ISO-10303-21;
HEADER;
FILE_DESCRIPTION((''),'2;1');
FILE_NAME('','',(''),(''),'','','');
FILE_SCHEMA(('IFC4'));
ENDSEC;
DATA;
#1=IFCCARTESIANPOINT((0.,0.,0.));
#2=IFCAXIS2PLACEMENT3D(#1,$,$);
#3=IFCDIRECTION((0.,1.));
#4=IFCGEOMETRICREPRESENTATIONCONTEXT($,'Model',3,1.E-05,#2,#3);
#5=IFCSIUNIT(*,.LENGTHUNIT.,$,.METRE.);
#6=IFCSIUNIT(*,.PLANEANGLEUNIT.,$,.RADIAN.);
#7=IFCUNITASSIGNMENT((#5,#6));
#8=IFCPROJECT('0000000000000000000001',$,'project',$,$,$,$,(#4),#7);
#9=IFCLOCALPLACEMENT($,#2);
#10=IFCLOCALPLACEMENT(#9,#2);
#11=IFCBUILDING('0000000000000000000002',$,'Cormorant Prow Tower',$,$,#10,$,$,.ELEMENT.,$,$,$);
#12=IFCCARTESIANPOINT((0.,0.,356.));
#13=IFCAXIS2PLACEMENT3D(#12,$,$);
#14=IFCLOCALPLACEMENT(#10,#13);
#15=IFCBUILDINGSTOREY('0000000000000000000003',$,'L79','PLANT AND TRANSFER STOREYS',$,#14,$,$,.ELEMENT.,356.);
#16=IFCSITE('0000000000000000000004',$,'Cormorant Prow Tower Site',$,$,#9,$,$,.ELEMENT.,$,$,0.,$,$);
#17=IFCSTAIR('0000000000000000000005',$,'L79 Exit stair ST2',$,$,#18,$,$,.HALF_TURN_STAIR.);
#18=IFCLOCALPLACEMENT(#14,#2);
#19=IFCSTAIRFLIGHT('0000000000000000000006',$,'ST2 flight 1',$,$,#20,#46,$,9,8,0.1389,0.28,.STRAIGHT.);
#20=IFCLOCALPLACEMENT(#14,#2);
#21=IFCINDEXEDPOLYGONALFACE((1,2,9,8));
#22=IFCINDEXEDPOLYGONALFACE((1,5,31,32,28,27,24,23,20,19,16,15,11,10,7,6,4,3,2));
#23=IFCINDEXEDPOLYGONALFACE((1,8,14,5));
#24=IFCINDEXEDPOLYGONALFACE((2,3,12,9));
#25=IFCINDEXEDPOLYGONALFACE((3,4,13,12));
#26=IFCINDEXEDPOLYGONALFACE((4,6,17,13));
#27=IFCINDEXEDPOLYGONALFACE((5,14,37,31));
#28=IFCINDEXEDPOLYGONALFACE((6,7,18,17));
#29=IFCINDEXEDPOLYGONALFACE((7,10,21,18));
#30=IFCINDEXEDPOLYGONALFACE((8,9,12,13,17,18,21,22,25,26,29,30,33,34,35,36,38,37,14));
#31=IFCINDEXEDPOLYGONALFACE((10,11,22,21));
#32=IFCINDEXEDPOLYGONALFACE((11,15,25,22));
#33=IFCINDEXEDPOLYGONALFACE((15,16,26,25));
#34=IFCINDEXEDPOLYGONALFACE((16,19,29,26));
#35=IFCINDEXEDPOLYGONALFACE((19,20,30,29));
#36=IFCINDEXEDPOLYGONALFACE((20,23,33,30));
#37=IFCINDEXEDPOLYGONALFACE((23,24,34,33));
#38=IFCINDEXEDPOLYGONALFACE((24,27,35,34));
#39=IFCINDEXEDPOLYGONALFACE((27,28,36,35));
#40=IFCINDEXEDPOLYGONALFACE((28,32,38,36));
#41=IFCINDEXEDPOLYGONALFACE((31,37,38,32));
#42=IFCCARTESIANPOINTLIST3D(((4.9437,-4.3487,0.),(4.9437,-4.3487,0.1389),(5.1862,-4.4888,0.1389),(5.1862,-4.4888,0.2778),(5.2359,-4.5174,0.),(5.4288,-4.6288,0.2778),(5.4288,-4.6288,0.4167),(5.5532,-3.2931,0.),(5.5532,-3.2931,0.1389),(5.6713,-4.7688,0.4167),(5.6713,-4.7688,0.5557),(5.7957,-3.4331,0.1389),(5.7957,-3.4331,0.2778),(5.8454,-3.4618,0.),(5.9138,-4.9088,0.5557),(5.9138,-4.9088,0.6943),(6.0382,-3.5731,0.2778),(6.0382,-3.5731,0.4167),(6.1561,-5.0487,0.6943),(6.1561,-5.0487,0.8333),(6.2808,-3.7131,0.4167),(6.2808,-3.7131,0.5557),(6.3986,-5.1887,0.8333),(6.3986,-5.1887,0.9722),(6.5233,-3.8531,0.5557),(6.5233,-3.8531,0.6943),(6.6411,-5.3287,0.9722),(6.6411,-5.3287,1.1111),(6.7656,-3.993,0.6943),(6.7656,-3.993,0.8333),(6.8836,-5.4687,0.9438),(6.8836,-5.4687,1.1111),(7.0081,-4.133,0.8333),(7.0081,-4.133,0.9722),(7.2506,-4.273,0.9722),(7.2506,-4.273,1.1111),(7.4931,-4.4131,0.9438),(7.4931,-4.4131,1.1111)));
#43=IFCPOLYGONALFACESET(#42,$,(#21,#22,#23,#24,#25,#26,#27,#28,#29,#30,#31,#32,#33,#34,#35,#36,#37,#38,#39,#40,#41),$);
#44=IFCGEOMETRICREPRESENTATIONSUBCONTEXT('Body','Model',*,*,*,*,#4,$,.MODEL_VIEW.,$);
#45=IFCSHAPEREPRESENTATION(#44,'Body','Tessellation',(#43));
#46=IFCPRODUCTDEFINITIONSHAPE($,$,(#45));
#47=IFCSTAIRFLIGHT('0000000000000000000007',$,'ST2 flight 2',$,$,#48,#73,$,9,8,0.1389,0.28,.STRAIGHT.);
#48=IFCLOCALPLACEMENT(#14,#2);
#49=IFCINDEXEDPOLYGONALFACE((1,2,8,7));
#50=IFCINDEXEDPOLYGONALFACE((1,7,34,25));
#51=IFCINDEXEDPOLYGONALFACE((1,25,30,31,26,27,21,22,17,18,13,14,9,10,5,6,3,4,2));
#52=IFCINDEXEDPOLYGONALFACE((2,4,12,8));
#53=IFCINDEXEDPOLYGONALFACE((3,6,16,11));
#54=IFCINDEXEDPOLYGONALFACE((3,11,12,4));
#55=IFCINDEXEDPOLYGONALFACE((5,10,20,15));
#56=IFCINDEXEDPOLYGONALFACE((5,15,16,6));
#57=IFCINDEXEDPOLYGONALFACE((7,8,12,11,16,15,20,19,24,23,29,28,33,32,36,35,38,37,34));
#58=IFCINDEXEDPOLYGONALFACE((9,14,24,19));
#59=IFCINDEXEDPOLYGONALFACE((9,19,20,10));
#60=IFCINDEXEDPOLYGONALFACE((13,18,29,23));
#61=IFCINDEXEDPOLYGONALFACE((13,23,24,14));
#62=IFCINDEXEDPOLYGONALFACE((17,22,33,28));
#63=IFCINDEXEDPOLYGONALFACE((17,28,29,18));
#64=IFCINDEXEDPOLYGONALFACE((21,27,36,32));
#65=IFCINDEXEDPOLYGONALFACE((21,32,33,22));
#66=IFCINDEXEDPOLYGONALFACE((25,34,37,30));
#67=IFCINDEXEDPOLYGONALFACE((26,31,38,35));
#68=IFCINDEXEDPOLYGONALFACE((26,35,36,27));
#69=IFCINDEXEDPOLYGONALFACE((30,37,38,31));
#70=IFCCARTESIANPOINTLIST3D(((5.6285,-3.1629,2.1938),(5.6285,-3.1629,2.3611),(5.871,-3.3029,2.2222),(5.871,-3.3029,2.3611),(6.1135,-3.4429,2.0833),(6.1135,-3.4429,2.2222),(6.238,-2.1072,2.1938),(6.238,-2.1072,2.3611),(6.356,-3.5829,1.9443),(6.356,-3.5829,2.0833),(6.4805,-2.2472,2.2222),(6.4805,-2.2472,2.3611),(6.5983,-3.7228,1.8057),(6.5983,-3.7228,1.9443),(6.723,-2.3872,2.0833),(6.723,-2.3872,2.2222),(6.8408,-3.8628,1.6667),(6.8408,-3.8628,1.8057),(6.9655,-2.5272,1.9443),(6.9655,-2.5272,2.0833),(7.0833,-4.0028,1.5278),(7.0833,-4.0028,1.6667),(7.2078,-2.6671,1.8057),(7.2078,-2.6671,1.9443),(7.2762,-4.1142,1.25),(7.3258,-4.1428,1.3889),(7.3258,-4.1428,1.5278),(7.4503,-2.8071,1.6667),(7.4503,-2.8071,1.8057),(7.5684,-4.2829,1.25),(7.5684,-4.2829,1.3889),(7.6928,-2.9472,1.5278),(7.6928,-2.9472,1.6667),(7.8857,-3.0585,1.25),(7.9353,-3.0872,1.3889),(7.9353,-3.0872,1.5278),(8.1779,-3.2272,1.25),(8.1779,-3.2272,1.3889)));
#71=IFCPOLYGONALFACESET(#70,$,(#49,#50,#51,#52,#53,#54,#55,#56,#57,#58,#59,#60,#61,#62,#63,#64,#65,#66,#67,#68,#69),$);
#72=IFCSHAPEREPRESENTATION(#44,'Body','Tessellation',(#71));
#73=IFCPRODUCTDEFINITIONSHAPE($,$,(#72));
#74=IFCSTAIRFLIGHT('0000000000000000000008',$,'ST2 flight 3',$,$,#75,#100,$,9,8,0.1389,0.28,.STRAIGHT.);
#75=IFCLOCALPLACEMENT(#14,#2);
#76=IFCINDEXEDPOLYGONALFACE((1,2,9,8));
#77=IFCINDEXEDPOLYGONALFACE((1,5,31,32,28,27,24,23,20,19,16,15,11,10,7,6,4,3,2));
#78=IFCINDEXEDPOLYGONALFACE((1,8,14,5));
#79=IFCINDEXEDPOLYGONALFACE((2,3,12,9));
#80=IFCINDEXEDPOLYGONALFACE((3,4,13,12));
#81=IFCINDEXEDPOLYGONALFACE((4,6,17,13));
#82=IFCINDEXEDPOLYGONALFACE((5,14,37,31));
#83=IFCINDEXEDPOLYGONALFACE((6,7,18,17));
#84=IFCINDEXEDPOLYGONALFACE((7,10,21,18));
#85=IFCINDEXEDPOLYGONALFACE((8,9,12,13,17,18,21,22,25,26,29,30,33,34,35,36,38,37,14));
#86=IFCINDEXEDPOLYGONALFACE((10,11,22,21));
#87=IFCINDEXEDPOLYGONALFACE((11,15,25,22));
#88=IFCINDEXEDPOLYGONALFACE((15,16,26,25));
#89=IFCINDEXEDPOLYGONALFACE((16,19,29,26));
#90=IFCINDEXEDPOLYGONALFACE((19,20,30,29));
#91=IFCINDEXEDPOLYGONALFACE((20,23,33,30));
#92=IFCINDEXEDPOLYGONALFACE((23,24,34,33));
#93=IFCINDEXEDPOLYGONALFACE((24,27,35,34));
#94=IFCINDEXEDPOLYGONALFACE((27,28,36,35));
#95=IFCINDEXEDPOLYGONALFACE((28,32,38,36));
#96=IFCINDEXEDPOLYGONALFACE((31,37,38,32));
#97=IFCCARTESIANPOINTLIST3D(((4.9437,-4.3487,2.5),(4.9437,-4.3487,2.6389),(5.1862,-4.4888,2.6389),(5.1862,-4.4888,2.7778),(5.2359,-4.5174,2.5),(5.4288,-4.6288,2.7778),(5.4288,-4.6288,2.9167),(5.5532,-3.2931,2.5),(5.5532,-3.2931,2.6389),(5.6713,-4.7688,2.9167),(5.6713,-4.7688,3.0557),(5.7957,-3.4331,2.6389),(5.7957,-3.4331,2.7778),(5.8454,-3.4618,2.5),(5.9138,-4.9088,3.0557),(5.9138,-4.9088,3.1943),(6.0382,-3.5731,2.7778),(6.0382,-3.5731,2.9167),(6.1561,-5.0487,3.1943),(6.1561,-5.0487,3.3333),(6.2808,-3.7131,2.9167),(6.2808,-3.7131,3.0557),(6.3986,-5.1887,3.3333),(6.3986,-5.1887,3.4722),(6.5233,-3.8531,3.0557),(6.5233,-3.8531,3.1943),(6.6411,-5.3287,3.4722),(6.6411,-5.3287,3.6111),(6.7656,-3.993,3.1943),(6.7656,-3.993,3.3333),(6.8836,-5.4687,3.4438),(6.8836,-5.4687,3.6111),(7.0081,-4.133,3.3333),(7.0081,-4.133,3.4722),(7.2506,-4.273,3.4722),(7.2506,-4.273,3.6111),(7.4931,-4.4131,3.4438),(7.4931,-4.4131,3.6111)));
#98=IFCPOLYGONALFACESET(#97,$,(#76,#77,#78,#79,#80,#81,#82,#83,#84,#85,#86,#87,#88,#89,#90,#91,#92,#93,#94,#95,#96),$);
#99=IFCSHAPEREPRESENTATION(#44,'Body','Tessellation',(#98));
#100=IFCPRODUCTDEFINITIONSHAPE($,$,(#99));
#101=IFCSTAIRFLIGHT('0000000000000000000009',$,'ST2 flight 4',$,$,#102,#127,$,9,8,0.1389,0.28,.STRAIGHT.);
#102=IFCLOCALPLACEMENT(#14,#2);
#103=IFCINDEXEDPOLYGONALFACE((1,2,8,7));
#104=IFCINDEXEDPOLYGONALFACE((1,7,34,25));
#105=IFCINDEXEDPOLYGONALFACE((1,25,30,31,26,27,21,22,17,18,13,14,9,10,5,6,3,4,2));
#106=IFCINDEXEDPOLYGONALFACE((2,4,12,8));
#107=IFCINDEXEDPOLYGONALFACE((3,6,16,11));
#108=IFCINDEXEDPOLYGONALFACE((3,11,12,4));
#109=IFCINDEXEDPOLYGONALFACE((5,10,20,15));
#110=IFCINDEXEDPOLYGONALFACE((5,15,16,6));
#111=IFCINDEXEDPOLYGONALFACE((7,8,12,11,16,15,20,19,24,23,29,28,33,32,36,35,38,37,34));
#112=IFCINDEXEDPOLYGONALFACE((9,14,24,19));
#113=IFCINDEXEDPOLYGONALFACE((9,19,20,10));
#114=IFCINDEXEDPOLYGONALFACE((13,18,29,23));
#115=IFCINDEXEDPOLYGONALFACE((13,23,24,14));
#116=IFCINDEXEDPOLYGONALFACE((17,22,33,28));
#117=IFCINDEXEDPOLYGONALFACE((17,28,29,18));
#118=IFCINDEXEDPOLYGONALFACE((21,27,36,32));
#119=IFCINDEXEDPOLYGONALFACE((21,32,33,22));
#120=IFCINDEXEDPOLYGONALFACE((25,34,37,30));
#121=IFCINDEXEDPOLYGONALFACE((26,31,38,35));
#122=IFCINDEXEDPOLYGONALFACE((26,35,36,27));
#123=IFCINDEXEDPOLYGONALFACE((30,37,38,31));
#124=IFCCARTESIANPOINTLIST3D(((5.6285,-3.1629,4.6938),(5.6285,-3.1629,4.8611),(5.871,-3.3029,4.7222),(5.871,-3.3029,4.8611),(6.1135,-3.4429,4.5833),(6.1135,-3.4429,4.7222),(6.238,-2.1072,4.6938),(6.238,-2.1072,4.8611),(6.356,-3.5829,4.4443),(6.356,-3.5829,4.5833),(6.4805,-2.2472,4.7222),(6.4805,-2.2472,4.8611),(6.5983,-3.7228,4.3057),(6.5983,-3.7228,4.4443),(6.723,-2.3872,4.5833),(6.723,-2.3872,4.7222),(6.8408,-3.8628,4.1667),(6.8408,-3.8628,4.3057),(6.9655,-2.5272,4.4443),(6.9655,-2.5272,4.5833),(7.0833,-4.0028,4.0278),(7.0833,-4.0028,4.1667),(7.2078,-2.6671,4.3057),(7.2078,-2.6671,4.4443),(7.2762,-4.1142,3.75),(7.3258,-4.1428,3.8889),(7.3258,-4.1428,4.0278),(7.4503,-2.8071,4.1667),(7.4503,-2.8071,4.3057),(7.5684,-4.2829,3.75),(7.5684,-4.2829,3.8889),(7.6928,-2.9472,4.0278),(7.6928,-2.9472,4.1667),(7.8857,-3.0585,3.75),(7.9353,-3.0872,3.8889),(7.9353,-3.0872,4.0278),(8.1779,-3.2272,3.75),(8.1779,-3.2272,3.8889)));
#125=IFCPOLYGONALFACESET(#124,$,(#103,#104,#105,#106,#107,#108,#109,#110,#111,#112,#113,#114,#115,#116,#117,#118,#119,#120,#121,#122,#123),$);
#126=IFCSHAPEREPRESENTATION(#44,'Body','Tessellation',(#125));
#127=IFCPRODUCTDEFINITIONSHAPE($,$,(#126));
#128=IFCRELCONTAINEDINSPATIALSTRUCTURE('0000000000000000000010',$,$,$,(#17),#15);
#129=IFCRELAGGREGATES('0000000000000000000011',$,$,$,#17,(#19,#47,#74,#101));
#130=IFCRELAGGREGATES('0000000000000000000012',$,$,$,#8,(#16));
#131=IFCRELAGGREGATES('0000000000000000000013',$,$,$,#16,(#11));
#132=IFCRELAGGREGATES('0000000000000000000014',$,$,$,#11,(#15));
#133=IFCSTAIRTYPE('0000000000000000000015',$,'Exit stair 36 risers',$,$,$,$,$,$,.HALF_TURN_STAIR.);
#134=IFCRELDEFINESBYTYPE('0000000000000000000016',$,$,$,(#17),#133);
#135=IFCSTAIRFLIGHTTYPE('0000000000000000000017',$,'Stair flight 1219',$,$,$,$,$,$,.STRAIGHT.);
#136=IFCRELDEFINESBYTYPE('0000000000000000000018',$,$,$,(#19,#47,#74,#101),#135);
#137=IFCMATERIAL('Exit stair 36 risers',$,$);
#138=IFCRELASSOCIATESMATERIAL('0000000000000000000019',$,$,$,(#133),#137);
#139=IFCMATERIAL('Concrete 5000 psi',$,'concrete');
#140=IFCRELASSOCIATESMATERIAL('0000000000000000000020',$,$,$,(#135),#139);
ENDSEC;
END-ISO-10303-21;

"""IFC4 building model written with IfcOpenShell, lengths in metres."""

from ifc_helpers import new_model, si_unit, direction, frame, origin, place, context, subcontext, project, spatial, polyline, outline, extrude, material, type_object, element, aggregate, save


model = new_model("IFC4")

# Units and contexts
model_context = context("Model", 3, precision=1e-05, world=origin(), true_north=direction((0.0, 1.0)))
body_context = subcontext(model_context, "Body", "Model", "MODEL_VIEW")
ifc_project = project(units=[si_unit("LENGTHUNIT", "METRE"), si_unit("PLANEANGLEUNIT", "RADIAN")], contexts=[model_context])

# Site, building, storey
site_placement = place(None, origin())
site = spatial("IfcSite", under=ifc_project, at=site_placement, Name="Cormorant Prow Tower Site", CompositionType="ELEMENT", RefElevation=0.0)
building_placement = place(site_placement, origin())
building = spatial("IfcBuilding", under=site, at=building_placement, Name="Cormorant Prow Tower", CompositionType="ELEMENT")
storey_placement = place(building_placement, frame((0.0, 0.0, 356.0)))
storey = spatial("IfcBuildingStorey", under=building, at=storey_placement, Name="L79", Description="PLANT AND TRANSFER STOREYS", CompositionType="ELEMENT", Elevation=356.0)

# Stair, stair flights
ifc_material_1 = material(Name="Exit stair 36 risers")
stair_type = type_object("IfcStairType", Name="Exit stair 36 risers", PredefinedType="HALF_TURN_STAIR", material=ifc_material_1)
stair_placement = place(storey_placement, origin())
stair = element("IfcStair", 1, at=stair_placement, inside=storey, type_object=stair_type, Name="L79 Exit stair ST2", PredefinedType="HALF_TURN_STAIR")
ifc_material_2 = material(Name="Concrete 5000 psi", Category="concrete")
stair_flight_type = type_object("IfcStairFlightType", Name="Stair flight 1219", PredefinedType="STRAIGHT", material=ifc_material_2)
stair_flight_1_placement = place(storey_placement, frame((5.2485, -3.8208, 0.0), z_axis=(0.0, 0.0, 1.0), x_axis=(0.866025, -0.5, 0.0)))
stair_flight_1 = element("IfcStairFlight", 2, at=stair_flight_1_placement, type_object=stair_flight_type, Name="ST2 flight 1", NumberOfRisers=9, NumberOfTreads=8, PredefinedType="STRAIGHT", RiserHeight=0.1389, TreadLength=0.28, context=body_context, shape_type="SweptSolid", body=[
    extrude(outline(polyline([(0.0, 0.0), (0.0, 0.1389), (0.28, 0.1389), (0.28, 0.2778), (0.5601, 0.2778), (0.5601, 0.4167), (0.8401, 0.4167), (0.8401, 0.5557), (1.1201, 0.5557), (1.1201, 0.6943), (1.3999, 0.6943), (1.3999, 0.8333), (1.6799, 0.8333), (1.6799, 0.9722), (1.96, 0.9722), (1.96, 1.1111), (2.24, 1.1111), (2.24, 1.25), (2.24, 0.9438), (0.3374, 0.0), (0.0, 0.0)])), frame((0.0, 0.6094, 0.0), z_axis=(0.0, -1.0, 0.0), x_axis=(1.0, 0.0, 0.0)), (0.0, 0.0, 1.0), 1.219),
])
stair_flight_2_placement = place(storey_placement, frame((7.873, -3.7551, 1.25), z_axis=(0.0, 0.0, 1.0), x_axis=(-0.866025, 0.5, 0.0)))
stair_flight_2 = element("IfcStairFlight", 3, at=stair_flight_2_placement, type_object=stair_flight_type, Name="ST2 flight 2", NumberOfRisers=9, NumberOfTreads=8, PredefinedType="STRAIGHT", RiserHeight=0.1389, TreadLength=0.28, context=body_context, shape_type="SweptSolid", body=[
    extrude(outline(polyline([(0.0, 0.0), (0.0, 0.1389), (0.28, 0.1389), (0.28, 0.2778), (0.5601, 0.2778), (0.5601, 0.4167), (0.8401, 0.4167), (0.8401, 0.5557), (1.1201, 0.5557), (1.1201, 0.6943), (1.3999, 0.6943), (1.3999, 0.8333), (1.6799, 0.8333), (1.6799, 0.9722), (1.96, 0.9722), (1.96, 1.1111), (2.24, 1.1111), (2.24, 1.25), (2.24, 0.9438), (0.3374, 0.0), (0.0, 0.0)])), frame((0.0, 0.6094, 0.0), z_axis=(0.0, -1.0, 0.0), x_axis=(1.0, 0.0, 0.0)), (0.0, 0.0, 1.0), 1.219),
])
stair_flight_3_placement = place(storey_placement, frame((5.2485, -3.8208, 2.5), z_axis=(0.0, 0.0, 1.0), x_axis=(0.866025, -0.5, 0.0)))
stair_flight_3 = element("IfcStairFlight", 4, at=stair_flight_3_placement, type_object=stair_flight_type, Name="ST2 flight 3", NumberOfRisers=9, NumberOfTreads=8, PredefinedType="STRAIGHT", RiserHeight=0.1389, TreadLength=0.28, context=body_context, shape_type="SweptSolid", body=[
    extrude(outline(polyline([(0.0, 0.0), (0.0, 0.1389), (0.28, 0.1389), (0.28, 0.2778), (0.5601, 0.2778), (0.5601, 0.4167), (0.8401, 0.4167), (0.8401, 0.5557), (1.1201, 0.5557), (1.1201, 0.6943), (1.3999, 0.6943), (1.3999, 0.8333), (1.6799, 0.8333), (1.6799, 0.9722), (1.96, 0.9722), (1.96, 1.1111), (2.24, 1.1111), (2.24, 1.25), (2.24, 0.9438), (0.3374, 0.0), (0.0, 0.0)])), frame((0.0, 0.6094, 0.0), z_axis=(0.0, -1.0, 0.0), x_axis=(1.0, 0.0, 0.0)), (0.0, 0.0, 1.0), 1.219),
])
stair_flight_4_placement = place(storey_placement, frame((7.873, -3.7551, 3.75), z_axis=(0.0, 0.0, 1.0), x_axis=(-0.866025, 0.5, 0.0)))
stair_flight_4 = element("IfcStairFlight", 5, at=stair_flight_4_placement, type_object=stair_flight_type, Name="ST2 flight 4", NumberOfRisers=9, NumberOfTreads=8, PredefinedType="STRAIGHT", RiserHeight=0.1389, TreadLength=0.28, context=body_context, shape_type="SweptSolid", body=[
    extrude(outline(polyline([(0.0, 0.0), (0.0, 0.1389), (0.28, 0.1389), (0.28, 0.2778), (0.5601, 0.2778), (0.5601, 0.4167), (0.8401, 0.4167), (0.8401, 0.5557), (1.1201, 0.5557), (1.1201, 0.6943), (1.3999, 0.6943), (1.3999, 0.8333), (1.6799, 0.8333), (1.6799, 0.9722), (1.96, 0.9722), (1.96, 1.1111), (2.24, 1.1111), (2.24, 1.25), (2.24, 0.9438), (0.3374, 0.0), (0.0, 0.0)])), frame((0.0, 0.6094, 0.0), z_axis=(0.0, -1.0, 0.0), x_axis=(1.0, 0.0, 0.0)), (0.0, 0.0, 1.0), 1.219),
])
aggregate(stair, [stair_flight_1, stair_flight_2, stair_flight_3, stair_flight_4])

save(model, "model.ifc")
